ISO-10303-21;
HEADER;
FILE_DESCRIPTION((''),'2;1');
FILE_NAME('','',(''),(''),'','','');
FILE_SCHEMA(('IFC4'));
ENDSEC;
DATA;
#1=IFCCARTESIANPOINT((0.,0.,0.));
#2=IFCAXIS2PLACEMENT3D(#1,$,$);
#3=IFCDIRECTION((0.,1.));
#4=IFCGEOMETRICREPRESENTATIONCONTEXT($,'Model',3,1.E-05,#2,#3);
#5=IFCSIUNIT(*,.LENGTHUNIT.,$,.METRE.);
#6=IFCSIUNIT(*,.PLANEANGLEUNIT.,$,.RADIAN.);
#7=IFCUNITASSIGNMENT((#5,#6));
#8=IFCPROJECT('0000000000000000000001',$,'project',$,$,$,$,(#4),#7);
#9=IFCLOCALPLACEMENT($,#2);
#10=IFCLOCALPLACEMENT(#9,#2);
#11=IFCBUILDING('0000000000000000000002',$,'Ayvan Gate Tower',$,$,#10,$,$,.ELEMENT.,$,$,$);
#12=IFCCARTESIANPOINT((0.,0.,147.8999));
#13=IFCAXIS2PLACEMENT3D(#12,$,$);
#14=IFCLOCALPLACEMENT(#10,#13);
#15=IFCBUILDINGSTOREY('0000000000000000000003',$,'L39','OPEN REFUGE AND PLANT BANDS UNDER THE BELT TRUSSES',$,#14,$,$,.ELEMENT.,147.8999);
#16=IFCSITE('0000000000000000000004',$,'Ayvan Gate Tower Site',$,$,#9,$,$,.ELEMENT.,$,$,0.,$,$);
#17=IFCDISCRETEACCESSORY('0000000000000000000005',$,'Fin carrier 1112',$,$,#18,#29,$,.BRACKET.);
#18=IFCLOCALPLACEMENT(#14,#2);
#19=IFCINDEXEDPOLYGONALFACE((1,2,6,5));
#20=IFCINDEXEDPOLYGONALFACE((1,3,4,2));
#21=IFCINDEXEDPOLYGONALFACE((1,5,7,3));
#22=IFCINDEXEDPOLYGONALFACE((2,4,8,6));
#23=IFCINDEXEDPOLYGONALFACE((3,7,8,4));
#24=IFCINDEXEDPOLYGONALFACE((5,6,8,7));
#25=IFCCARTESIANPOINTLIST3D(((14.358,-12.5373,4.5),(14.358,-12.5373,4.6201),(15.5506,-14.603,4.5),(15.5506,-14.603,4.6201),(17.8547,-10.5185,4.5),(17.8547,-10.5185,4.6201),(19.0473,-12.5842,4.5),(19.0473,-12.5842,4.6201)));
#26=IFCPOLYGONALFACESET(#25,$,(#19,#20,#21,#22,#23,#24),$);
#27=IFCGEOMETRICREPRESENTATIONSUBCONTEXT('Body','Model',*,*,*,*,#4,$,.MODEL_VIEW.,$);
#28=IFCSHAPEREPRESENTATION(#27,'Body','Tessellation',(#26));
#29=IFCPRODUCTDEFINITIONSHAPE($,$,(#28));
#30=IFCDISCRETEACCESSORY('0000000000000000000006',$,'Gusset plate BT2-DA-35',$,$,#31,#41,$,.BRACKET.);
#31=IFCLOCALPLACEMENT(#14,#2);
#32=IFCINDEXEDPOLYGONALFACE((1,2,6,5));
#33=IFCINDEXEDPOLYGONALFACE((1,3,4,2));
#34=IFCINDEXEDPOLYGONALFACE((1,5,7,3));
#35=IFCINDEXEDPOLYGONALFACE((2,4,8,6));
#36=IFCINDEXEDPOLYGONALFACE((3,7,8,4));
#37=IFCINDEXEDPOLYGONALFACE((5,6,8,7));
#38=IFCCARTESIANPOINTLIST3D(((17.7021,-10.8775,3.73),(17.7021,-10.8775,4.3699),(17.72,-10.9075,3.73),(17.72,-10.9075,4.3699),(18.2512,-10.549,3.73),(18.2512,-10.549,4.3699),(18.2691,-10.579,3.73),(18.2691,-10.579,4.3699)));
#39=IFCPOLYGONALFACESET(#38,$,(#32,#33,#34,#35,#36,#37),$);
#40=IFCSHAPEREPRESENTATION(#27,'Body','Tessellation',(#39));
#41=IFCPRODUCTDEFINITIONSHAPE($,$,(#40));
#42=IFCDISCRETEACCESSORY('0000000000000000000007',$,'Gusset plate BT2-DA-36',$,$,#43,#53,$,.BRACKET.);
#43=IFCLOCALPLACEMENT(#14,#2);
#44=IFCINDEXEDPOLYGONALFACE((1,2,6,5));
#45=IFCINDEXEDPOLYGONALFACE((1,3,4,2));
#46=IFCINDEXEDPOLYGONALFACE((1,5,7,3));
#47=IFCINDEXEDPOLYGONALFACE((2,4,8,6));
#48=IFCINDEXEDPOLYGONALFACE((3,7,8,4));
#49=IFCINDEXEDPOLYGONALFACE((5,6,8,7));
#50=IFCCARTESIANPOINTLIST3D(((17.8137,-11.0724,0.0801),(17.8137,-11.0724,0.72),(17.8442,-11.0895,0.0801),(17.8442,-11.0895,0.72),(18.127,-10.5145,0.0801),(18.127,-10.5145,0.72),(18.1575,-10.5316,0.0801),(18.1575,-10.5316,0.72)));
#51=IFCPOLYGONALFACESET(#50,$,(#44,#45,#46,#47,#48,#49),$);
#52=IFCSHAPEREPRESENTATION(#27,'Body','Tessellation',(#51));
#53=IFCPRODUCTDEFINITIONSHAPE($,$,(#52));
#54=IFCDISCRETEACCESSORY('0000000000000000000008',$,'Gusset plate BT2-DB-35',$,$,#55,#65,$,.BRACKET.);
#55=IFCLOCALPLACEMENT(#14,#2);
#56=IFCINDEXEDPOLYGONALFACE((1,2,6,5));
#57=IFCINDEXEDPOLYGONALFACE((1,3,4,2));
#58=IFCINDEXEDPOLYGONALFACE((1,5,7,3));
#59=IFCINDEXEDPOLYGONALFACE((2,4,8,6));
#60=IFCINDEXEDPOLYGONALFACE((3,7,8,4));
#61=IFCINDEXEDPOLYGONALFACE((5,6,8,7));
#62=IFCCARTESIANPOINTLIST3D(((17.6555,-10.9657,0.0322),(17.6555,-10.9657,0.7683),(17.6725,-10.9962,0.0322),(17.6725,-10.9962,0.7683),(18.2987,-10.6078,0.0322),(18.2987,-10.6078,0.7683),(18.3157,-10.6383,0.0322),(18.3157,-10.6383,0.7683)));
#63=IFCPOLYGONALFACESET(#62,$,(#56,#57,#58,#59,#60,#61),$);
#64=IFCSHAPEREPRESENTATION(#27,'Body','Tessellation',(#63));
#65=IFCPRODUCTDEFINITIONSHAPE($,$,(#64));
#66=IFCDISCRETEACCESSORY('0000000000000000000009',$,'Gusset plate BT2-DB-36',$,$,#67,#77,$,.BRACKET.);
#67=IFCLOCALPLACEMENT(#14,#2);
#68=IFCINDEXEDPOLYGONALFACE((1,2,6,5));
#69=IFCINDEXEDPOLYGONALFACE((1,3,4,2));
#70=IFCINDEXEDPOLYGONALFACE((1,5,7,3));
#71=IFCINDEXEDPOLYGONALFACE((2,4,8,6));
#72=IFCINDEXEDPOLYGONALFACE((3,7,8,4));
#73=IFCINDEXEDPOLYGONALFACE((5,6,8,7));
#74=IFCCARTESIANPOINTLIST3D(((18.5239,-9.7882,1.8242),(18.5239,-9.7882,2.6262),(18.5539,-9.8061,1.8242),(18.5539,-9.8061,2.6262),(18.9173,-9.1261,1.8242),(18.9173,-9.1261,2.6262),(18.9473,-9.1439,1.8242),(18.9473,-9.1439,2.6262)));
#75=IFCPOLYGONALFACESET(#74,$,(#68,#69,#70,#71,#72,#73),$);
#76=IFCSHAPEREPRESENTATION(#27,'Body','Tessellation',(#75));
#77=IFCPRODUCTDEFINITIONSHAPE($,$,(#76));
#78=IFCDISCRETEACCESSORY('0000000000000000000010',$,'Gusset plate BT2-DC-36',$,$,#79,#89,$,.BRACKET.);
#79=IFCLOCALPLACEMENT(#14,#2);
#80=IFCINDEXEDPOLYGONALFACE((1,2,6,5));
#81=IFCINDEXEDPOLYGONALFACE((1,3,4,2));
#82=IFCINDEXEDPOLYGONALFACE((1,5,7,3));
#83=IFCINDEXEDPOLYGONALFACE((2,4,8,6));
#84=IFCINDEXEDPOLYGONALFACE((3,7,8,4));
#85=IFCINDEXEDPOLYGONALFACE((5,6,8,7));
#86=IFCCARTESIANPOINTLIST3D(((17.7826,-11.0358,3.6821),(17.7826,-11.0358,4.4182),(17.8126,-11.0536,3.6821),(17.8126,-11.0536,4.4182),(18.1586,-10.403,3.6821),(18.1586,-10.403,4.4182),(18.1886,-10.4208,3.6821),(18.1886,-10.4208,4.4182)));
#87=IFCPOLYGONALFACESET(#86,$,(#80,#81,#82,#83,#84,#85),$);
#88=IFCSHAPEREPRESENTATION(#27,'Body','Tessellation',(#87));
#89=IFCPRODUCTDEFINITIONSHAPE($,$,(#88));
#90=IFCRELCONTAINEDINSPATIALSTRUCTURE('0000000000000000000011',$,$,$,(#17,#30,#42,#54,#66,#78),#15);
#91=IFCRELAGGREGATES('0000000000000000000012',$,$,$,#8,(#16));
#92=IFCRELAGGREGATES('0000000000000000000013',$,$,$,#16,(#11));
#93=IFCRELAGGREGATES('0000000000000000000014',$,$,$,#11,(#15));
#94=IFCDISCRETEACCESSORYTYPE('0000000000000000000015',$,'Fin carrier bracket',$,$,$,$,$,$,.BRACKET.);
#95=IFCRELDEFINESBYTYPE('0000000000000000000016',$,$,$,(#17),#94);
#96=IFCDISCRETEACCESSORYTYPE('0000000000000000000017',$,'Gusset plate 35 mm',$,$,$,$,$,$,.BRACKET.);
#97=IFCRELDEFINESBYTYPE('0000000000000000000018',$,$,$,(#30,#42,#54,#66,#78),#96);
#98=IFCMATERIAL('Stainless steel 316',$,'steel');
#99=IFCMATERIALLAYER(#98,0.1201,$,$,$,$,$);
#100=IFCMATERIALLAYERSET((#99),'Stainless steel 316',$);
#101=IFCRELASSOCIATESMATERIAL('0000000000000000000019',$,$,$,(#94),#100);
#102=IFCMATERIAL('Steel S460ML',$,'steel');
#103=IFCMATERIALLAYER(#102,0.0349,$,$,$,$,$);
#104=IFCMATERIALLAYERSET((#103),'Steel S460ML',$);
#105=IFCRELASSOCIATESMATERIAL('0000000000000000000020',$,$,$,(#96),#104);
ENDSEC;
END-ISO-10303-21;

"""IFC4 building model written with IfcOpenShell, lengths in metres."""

from ifc_helpers import new_model, si_unit, direction, frame, origin, origin_2d, place, context, subcontext, project, spatial, rectangle, extrude, material, layer, layer_set, type_object, element, save


model = new_model("IFC4")

# Units and contexts
model_context = context("Model", 3, precision=1e-05, world=origin(), true_north=direction((0.0, 1.0)))
body_context = subcontext(model_context, "Body", "Model", "MODEL_VIEW")
ifc_project = project(units=[si_unit("LENGTHUNIT", "METRE"), si_unit("PLANEANGLEUNIT", "RADIAN")], contexts=[model_context])

# Site, building, storey
site_placement = place(None, origin())
site = spatial("IfcSite", under=ifc_project, at=site_placement, Name="Ayvan Gate Tower Site", CompositionType="ELEMENT", RefElevation=0.0)
building_placement = place(site_placement, origin())
building = spatial("IfcBuilding", under=site, at=building_placement, Name="Ayvan Gate Tower", CompositionType="ELEMENT")
storey_placement = place(building_placement, frame((0.0, 0.0, 147.8999)))
storey = spatial("IfcBuildingStorey", under=building, at=storey_placement, Name="L39", Description="OPEN REFUGE AND PLANT BANDS UNDER THE BELT TRUSSES", CompositionType="ELEMENT", Elevation=147.8999)

# Shared definitions
ifc_material_1 = material(Name="Steel S460ML", Category="steel")

# Discrete accessories
ifc_material_2 = material(Name="Stainless steel 316", Category="steel")
ifc_layer_1 = layer(ifc_material_2, 0.1201)
ifc_layer_set_1 = layer_set([ifc_layer_1], Name="Stainless steel 316")
discrete_accessory_type_1 = type_object("IfcDiscreteAccessoryType", Name="Fin carrier bracket", PredefinedType="BRACKET", material=ifc_layer_set_1)
discrete_accessory_1_placement = place(storey_placement, frame((16.7026, -12.5608, 4.5), z_axis=(0.0, 0.0, 1.0), x_axis=(0.866025, 0.5, 0.0)))
element("IfcDiscreteAccessory", 1, at=discrete_accessory_1_placement, inside=storey, type_object=discrete_accessory_type_1, Name="Fin carrier 1112", PredefinedType="BRACKET", context=body_context, shape_type="SweptSolid", body=[
    extrude(rectangle(XDim=4.0376, YDim=2.3853, at=origin_2d()), origin(), (0.0, 0.0, 1.0), 0.1201),
])
ifc_layer_2 = layer(ifc_material_1, 0.0349)
ifc_layer_set_2 = layer_set([ifc_layer_2], Name="Steel S460ML")
discrete_accessory_type_2 = type_object("IfcDiscreteAccessoryType", Name="Gusset plate 35 mm", PredefinedType="BRACKET", material=ifc_layer_set_2)
for number, where, z_axis, x_axis, name in (
    (2, (17.9856, -10.7283, 3.73), (0.0, 0.0, 1.0), (0.858165, 0.513374, 0.0), "Gusset plate BT2-DA-35"),
    (3, (17.9856, -10.802, 0.0801), (0.0, 0.0, 1.0), (0.489567, 0.871966, 0.0), "Gusset plate BT2-DA-36"),
):
    element("IfcDiscreteAccessory", number, at=place(storey_placement, frame(where, z_axis=z_axis, x_axis=x_axis)), inside=storey, type_object=discrete_accessory_type_2, Name=name, PredefinedType="BRACKET", context=body_context, shape_type="SweptSolid", body=[
        extrude(rectangle(XDim=0.6399, YDim=0.0349, at=origin_2d()), origin(), (0.0, 0.0, 1.0), 0.6399),
    ])
discrete_accessory_2_placement = place(storey_placement, frame((17.9856, -10.802, 0.0322), z_axis=(0.0, 0.0, 1.0), x_axis=(0.873787, 0.486309, 0.0)))
element("IfcDiscreteAccessory", 4, at=discrete_accessory_2_placement, inside=storey, type_object=discrete_accessory_type_2, Name="Gusset plate BT2-DB-35", PredefinedType="BRACKET", context=body_context, shape_type="SweptSolid", body=[
    extrude(rectangle(XDim=0.7361, YDim=0.0349, at=origin_2d()), origin(), (0.0, 0.0, 1.0), 0.7361),
])
discrete_accessory_3_placement = place(storey_placement, frame((18.7356, -9.4661, 1.8242), z_axis=(0.0, 0.0, 1.0), x_axis=(0.510809, 0.859695, 0.0)))
element("IfcDiscreteAccessory", 5, at=discrete_accessory_3_placement, inside=storey, type_object=discrete_accessory_type_2, Name="Gusset plate BT2-DB-36", PredefinedType="BRACKET", context=body_context, shape_type="SweptSolid", body=[
    extrude(rectangle(XDim=0.7703, YDim=0.0349, at=origin_2d()), origin(), (0.0, 0.0, 1.0), 0.802),
])
discrete_accessory_4_placement = place(storey_placement, frame((17.9856, -10.7283, 3.6821), z_axis=(0.0, 0.0, 1.0), x_axis=(0.510809, 0.859695, 0.0)))
element("IfcDiscreteAccessory", 6, at=discrete_accessory_4_placement, inside=storey, type_object=discrete_accessory_type_2, Name="Gusset plate BT2-DC-36", PredefinedType="BRACKET", context=body_context, shape_type="SweptSolid", body=[
    extrude(rectangle(XDim=0.7361, YDim=0.0349, at=origin_2d()), origin(), (0.0, 0.0, 1.0), 0.7361),
])

save(model, "model.ifc")
